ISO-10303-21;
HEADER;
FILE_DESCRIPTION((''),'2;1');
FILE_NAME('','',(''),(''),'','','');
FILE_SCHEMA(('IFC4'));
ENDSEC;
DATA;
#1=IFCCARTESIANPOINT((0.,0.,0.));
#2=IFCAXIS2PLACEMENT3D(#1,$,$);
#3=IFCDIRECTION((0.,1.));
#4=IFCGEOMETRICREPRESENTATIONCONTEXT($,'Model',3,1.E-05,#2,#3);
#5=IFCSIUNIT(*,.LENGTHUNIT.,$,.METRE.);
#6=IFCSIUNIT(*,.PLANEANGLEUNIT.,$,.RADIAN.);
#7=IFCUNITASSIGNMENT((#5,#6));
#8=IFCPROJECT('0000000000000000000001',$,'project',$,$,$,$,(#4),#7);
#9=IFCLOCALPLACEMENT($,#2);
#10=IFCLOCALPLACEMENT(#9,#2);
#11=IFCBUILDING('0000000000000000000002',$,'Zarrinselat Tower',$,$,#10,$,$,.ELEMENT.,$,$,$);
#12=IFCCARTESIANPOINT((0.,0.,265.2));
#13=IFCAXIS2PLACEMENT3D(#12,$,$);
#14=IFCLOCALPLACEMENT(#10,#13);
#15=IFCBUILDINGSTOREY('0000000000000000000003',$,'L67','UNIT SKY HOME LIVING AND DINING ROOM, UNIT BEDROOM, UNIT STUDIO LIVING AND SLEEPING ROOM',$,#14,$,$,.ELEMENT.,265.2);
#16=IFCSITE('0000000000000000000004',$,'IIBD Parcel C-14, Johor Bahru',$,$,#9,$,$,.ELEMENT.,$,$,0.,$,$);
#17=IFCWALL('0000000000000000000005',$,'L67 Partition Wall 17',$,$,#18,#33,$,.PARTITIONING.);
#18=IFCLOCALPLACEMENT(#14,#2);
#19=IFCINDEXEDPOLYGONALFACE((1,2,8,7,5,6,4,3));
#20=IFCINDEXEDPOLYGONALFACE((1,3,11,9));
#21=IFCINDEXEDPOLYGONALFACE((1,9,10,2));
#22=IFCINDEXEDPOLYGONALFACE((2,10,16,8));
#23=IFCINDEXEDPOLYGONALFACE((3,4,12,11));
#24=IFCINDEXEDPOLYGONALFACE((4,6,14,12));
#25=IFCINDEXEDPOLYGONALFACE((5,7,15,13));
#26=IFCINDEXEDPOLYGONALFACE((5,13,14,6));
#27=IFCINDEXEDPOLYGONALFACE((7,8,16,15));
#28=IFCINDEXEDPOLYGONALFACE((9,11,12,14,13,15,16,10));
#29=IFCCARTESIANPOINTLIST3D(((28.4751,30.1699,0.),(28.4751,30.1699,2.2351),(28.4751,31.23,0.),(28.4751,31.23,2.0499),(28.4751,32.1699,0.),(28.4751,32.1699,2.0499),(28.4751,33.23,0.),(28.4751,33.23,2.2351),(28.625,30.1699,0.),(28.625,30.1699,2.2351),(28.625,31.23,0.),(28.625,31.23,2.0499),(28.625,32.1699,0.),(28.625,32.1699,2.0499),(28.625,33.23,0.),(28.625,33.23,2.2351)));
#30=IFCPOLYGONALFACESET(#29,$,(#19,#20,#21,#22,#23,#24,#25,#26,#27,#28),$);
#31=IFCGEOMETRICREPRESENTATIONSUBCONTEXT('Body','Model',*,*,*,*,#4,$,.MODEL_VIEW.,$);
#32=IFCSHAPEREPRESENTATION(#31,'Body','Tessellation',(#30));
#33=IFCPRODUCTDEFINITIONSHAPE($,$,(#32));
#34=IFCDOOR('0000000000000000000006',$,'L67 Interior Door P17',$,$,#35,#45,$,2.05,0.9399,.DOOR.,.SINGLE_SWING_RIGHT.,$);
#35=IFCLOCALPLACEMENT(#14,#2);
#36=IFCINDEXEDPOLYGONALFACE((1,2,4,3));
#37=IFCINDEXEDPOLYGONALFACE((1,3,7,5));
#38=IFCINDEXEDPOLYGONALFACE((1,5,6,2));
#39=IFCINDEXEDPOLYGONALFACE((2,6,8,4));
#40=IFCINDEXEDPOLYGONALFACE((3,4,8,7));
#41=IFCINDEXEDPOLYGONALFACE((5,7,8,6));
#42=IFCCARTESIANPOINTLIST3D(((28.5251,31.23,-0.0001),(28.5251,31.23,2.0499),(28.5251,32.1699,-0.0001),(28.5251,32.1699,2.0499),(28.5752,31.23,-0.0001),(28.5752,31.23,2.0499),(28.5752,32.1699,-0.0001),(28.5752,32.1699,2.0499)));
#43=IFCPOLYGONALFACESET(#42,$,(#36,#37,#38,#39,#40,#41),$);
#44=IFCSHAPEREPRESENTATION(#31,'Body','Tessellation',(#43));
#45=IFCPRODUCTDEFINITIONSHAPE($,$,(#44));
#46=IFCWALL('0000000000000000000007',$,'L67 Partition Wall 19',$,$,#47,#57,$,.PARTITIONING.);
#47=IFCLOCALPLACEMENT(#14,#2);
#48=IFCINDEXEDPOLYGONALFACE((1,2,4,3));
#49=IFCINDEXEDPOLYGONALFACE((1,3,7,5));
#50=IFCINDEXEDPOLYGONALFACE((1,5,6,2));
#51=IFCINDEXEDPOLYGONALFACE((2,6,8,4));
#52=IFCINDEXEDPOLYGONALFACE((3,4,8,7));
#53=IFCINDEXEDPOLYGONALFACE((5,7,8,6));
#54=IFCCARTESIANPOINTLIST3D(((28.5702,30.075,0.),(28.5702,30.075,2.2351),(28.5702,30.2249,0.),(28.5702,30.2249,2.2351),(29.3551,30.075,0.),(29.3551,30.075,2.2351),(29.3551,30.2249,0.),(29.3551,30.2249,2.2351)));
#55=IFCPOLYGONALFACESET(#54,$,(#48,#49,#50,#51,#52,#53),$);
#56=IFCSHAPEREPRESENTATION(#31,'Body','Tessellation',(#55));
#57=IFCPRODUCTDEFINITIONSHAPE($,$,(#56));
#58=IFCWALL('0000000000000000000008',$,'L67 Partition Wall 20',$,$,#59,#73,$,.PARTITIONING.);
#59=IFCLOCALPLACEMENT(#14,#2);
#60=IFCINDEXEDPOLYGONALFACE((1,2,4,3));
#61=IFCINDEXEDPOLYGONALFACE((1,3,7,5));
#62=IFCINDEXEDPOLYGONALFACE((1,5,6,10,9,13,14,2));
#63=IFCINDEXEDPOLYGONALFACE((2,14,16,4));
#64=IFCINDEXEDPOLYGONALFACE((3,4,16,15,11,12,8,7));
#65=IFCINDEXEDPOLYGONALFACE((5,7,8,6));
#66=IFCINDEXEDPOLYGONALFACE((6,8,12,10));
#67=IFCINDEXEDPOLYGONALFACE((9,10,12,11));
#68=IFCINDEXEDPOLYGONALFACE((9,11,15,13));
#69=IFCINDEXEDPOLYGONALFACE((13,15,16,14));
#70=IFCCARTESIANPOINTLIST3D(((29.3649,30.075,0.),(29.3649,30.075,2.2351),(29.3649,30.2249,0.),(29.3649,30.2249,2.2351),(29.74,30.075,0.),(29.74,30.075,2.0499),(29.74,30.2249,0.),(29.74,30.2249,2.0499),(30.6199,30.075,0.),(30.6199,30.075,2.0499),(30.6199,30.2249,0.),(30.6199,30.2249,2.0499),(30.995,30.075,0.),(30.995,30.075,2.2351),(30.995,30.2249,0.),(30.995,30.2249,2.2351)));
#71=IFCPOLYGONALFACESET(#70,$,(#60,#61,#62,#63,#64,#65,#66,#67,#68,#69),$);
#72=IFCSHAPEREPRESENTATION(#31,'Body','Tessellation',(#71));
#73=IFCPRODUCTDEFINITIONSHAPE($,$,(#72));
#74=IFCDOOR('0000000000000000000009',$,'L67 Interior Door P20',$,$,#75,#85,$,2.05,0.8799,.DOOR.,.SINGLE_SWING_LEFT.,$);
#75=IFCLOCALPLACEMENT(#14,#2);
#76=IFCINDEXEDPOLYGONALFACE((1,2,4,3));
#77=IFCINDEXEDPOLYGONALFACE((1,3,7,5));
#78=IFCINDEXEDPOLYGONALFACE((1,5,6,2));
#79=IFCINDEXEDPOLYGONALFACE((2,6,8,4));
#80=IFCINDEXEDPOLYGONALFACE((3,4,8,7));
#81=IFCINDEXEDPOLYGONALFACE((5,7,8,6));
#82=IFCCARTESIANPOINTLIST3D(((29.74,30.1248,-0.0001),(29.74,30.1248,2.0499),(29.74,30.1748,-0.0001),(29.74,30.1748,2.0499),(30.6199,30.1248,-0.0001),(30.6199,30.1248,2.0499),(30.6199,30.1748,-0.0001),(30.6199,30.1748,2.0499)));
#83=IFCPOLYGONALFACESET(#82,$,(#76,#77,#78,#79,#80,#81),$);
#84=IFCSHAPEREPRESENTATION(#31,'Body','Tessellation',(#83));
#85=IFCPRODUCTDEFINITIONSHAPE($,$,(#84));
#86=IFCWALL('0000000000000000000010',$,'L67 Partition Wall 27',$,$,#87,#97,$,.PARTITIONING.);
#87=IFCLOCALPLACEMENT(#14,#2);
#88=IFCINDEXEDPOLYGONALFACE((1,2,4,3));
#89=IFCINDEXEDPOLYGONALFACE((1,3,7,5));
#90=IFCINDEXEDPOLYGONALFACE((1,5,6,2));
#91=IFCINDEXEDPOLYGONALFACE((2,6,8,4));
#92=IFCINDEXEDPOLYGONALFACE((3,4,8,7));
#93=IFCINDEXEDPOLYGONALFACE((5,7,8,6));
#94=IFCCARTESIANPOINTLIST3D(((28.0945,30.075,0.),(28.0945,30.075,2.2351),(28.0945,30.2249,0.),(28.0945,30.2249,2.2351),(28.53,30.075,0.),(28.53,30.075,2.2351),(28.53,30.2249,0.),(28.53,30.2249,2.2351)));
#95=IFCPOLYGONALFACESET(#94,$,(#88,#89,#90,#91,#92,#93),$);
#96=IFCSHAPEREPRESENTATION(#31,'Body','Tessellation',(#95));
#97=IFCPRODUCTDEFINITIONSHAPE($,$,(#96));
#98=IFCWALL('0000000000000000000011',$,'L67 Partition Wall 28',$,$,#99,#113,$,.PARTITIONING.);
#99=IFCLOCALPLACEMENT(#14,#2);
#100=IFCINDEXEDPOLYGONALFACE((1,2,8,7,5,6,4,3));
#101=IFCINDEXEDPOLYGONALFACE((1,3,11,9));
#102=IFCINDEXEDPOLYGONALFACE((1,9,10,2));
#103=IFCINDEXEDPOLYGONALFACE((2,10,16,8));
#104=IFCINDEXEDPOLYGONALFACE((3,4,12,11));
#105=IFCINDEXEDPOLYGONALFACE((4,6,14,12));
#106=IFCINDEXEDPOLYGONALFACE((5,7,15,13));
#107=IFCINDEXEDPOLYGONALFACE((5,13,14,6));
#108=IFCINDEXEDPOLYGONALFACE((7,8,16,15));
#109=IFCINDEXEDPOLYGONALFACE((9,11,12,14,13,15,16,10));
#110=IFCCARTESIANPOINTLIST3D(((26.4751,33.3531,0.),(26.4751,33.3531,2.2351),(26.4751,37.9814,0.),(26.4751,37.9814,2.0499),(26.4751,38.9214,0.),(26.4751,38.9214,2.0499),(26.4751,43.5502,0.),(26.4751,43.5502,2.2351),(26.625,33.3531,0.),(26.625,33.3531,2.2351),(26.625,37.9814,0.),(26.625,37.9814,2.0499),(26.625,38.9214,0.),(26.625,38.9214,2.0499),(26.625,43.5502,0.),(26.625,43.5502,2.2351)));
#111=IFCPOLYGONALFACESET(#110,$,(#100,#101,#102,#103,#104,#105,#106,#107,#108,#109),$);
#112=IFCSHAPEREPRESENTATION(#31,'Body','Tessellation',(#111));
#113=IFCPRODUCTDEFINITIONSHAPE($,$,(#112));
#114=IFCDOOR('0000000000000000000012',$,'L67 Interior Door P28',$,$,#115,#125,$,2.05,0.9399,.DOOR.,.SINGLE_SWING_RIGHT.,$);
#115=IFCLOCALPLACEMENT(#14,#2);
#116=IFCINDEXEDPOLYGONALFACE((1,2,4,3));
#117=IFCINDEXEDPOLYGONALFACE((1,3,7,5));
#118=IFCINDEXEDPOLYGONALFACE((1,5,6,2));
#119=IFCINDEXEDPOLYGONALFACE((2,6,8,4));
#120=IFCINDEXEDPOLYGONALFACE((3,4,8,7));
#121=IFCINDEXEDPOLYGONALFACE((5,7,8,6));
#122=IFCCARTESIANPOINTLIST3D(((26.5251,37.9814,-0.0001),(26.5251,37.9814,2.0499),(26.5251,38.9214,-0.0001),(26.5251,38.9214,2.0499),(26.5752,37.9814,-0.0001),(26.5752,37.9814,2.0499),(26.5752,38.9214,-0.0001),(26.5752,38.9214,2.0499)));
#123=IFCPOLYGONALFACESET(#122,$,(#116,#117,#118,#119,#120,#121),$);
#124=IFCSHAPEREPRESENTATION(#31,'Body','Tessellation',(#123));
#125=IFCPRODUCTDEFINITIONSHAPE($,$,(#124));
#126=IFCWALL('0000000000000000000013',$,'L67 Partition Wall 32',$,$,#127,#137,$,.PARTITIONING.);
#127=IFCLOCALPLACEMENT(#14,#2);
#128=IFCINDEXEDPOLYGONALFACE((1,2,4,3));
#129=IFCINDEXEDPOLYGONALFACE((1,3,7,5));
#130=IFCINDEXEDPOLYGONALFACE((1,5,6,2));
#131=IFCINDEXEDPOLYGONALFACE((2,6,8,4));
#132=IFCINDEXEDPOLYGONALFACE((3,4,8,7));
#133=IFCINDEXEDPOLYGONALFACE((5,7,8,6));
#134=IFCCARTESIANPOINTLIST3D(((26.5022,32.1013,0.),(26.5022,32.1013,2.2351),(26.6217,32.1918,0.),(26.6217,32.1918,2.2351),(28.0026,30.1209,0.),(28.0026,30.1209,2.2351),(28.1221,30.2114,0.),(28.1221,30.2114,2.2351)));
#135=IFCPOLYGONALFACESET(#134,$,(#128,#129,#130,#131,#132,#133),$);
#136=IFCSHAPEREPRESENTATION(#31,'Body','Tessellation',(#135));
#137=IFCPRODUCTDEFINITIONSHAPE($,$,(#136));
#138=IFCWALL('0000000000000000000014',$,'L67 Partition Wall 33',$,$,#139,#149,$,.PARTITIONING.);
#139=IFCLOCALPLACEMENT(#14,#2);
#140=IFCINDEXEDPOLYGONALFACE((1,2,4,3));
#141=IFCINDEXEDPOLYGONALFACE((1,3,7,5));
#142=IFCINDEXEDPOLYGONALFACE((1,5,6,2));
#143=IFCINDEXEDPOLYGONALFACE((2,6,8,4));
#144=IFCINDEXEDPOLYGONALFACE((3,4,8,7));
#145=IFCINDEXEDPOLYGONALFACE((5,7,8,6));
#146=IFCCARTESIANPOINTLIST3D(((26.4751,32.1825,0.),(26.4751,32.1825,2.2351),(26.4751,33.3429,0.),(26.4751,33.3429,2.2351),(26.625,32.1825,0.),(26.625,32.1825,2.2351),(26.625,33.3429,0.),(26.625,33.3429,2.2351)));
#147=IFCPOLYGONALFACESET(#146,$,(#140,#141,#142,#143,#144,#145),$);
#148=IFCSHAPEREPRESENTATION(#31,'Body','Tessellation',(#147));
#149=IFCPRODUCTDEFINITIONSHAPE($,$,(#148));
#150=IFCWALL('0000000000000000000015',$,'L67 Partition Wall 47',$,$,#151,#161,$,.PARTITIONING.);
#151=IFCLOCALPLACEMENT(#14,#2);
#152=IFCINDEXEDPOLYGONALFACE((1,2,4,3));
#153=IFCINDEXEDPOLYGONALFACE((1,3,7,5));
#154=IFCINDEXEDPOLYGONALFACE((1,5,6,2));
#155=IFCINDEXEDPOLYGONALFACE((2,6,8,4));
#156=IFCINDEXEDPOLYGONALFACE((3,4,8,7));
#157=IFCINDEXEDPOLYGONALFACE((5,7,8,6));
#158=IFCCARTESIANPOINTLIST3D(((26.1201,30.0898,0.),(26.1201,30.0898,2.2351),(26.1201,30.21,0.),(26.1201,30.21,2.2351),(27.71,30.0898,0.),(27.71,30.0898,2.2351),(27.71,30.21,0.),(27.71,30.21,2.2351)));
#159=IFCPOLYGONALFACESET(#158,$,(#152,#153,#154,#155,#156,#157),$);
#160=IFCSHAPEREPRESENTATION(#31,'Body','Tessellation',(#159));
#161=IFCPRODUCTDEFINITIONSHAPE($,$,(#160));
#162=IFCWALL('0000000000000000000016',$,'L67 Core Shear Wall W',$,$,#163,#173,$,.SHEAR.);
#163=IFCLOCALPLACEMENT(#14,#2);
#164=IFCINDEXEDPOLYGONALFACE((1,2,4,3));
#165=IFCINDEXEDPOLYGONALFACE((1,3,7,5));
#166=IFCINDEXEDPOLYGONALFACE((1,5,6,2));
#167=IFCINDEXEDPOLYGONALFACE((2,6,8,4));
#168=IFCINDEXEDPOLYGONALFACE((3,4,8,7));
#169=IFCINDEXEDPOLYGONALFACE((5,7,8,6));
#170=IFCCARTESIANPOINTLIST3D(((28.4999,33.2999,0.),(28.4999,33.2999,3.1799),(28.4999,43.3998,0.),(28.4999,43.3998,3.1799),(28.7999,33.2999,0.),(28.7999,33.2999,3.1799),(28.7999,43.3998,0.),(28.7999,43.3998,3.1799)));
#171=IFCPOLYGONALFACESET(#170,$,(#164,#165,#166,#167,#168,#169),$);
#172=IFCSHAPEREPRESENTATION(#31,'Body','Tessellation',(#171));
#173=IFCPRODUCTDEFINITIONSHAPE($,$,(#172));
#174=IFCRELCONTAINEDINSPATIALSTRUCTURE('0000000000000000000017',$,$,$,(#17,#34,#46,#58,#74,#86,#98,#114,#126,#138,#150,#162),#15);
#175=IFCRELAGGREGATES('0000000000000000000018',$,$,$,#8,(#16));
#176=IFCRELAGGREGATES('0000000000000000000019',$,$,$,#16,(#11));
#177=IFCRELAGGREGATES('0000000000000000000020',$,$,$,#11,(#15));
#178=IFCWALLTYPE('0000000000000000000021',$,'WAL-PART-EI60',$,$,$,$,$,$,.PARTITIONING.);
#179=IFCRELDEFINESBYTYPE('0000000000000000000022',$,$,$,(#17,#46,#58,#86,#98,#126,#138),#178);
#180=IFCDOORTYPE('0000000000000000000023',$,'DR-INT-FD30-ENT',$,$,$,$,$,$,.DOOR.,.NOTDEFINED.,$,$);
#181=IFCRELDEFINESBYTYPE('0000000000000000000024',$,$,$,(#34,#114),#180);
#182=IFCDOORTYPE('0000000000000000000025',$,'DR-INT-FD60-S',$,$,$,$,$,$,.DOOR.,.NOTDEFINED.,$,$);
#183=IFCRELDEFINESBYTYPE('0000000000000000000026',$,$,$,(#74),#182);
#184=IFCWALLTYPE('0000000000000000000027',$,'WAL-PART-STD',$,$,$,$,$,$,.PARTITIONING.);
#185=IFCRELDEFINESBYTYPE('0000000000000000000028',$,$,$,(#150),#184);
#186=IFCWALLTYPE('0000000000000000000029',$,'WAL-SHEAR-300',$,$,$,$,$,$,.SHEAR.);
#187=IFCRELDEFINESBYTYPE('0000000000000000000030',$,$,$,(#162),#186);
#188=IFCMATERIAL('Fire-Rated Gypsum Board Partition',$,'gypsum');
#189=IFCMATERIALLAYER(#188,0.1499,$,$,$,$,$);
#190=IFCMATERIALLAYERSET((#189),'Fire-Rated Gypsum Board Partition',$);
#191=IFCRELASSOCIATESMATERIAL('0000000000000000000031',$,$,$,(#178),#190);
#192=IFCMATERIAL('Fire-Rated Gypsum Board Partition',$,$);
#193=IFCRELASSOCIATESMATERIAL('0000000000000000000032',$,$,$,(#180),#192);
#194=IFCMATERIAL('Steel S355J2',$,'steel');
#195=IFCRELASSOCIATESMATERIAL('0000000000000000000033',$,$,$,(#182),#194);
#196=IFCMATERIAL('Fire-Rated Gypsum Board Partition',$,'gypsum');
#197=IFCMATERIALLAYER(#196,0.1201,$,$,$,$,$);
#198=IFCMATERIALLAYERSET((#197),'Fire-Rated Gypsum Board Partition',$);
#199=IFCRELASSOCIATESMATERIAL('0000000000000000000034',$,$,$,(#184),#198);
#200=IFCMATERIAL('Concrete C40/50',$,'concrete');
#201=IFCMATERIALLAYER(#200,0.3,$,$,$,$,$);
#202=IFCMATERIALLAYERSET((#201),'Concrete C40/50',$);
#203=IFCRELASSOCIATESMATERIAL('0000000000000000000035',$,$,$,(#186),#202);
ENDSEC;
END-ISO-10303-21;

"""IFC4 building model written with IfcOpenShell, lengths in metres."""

from ifc_helpers import new_model, si_unit, direction, frame, frame_2d, origin, place, context, subcontext, project, spatial, rectangle, extrude, material, layer, layer_set, type_object, element, fill, save


model = new_model("IFC4")

# Units and contexts
model_context = context("Model", 3, precision=1e-05, world=origin(), true_north=direction((0.0, 1.0)))
body_context = subcontext(model_context, "Body", "Model", "MODEL_VIEW")
ifc_project = project(units=[si_unit("LENGTHUNIT", "METRE"), si_unit("PLANEANGLEUNIT", "RADIAN")], contexts=[model_context])

# Site, building, storey
site_placement = place(None, origin())
site = spatial("IfcSite", under=ifc_project, at=site_placement, Name="IIBD Parcel C-14, Johor Bahru", CompositionType="ELEMENT", RefElevation=0.0)
building_placement = place(site_placement, origin())
building = spatial("IfcBuilding", under=site, at=building_placement, Name="Zarrinselat Tower", CompositionType="ELEMENT")
storey_placement = place(building_placement, frame((0.0, 0.0, 265.2)))
storey = spatial("IfcBuildingStorey", under=building, at=storey_placement, Name="L67", Description="UNIT SKY HOME LIVING AND DINING ROOM, UNIT BEDROOM, UNIT STUDIO LIVING AND SLEEPING ROOM", CompositionType="ELEMENT", Elevation=265.2)

# Wall, opening, door
ifc_material_1 = material(Name="Fire-Rated Gypsum Board Partition", Category="gypsum")
ifc_layer_1 = layer(ifc_material_1, 0.1499)
ifc_layer_set_1 = layer_set([ifc_layer_1], Name="Fire-Rated Gypsum Board Partition")
wall_type_1 = type_object("IfcWallType", Name="WAL-PART-EI60", PredefinedType="PARTITIONING", material=ifc_layer_set_1)
wall_1_placement = place(storey_placement, frame((28.55, 30.1699, 0.0), z_axis=(0.0, 0.0, 1.0), x_axis=(0.0, 1.0, 0.0)))
wall_1 = element("IfcWall", 1, at=wall_1_placement, inside=storey, type_object=wall_type_1, Name="L67 Partition Wall 17", PredefinedType="PARTITIONING", context=body_context, shape_type="SweptSolid", body=[
    extrude(rectangle(XDim=3.0601, YDim=0.1499, at=frame_2d((1.53, 0.0))), origin(), (0.0, 0.0, 1.0), 2.2351),
])
opening_1_placement = place(wall_1_placement, frame((1.0601, 0.0, 0.0)))
opening_1 = element("IfcOpeningElement", 2, at=opening_1_placement, cuts=wall_1, PredefinedType="OPENING", context=body_context, shape_type="SweptSolid", body=[
    extrude(rectangle(XDim=0.9399, YDim=2.05, at=frame_2d((0.47, 1.0249))), frame((0.0, 0.085, 0.0), z_axis=(0.0, -1.0, 0.0), x_axis=(1.0, 0.0, 0.0)), (0.0, 0.0, 1.0), 0.1699),
])
ifc_material_2 = material(Name="Fire-Rated Gypsum Board Partition")
door_type_1 = type_object("IfcDoorType", Name="DR-INT-FD30-ENT", OperationType="NOTDEFINED", PredefinedType="DOOR", material=ifc_material_2)
door_1_placement = place(opening_1_placement, origin())
door_1 = element("IfcDoor", 3, at=door_1_placement, inside=storey, type_object=door_type_1, Name="L67 Interior Door P17", OperationType="SINGLE_SWING_RIGHT", OverallHeight=2.05, OverallWidth=0.9399, PredefinedType="DOOR", context=body_context, shape_type="SweptSolid", body=[
    extrude(rectangle(XDim=0.9399, YDim=2.05, at=frame_2d((0.47, 1.0249))), frame((0.0, 0.0249, 0.0), z_axis=(0.0, -1.0, 0.0), x_axis=(1.0, 0.0, 0.0)), (0.0, 0.0, 1.0), 0.05),
])
fill(opening_1, door_1)

# Wall
wall_2_placement = place(storey_placement, frame((28.5701, 30.1499, 0.0), z_axis=(0.0, 0.0, 1.0), x_axis=(1.0, 0.0, 0.0)))
element("IfcWall", 4, at=wall_2_placement, inside=storey, type_object=wall_type_1, Name="L67 Partition Wall 19", PredefinedType="PARTITIONING", context=body_context, shape_type="SweptSolid", body=[
    extrude(rectangle(XDim=0.7849, YDim=0.1499, at=frame_2d((0.3926, 0.0))), origin(), (0.0, 0.0, 1.0), 2.2351),
])

# Wall, opening, door
wall_3_placement = place(storey_placement, frame((29.365, 30.1499, 0.0), z_axis=(0.0, 0.0, 1.0), x_axis=(1.0, 0.0, 0.0)))
wall_3 = element("IfcWall", 5, at=wall_3_placement, inside=storey, type_object=wall_type_1, Name="L67 Partition Wall 20", PredefinedType="PARTITIONING", context=body_context, shape_type="SweptSolid", body=[
    extrude(rectangle(XDim=1.6301, YDim=0.1499, at=frame_2d((0.8149, 0.0))), origin(), (0.0, 0.0, 1.0), 2.2351),
])
opening_2_placement = place(wall_3_placement, frame((0.375, 0.0, 0.0)))
opening_2 = element("IfcOpeningElement", 6, at=opening_2_placement, cuts=wall_3, PredefinedType="OPENING", context=body_context, shape_type="SweptSolid", body=[
    extrude(rectangle(XDim=0.8799, YDim=2.05, at=frame_2d((0.4399, 1.0249))), frame((0.0, 0.085, 0.0), z_axis=(0.0, -1.0, 0.0), x_axis=(1.0, 0.0, 0.0)), (0.0, 0.0, 1.0), 0.1699),
])
ifc_material_3 = material(Name="Steel S355J2", Category="steel")
door_type_2 = type_object("IfcDoorType", Name="DR-INT-FD60-S", OperationType="NOTDEFINED", PredefinedType="DOOR", material=ifc_material_3)
door_2_placement = place(opening_2_placement, origin())
door_2 = element("IfcDoor", 7, at=door_2_placement, inside=storey, type_object=door_type_2, Name="L67 Interior Door P20", OperationType="SINGLE_SWING_LEFT", OverallHeight=2.05, OverallWidth=0.8799, PredefinedType="DOOR", context=body_context, shape_type="SweptSolid", body=[
    extrude(rectangle(XDim=0.8799, YDim=2.05, at=frame_2d((0.4399, 1.0249))), frame((0.0, 0.0249, 0.0), z_axis=(0.0, -1.0, 0.0), x_axis=(1.0, 0.0, 0.0)), (0.0, 0.0, 1.0), 0.05),
])
fill(opening_2, door_2)

# Wall
wall_4_placement = place(storey_placement, frame((28.0945, 30.1499, 0.0), z_axis=(0.0, 0.0, 1.0), x_axis=(1.0, 0.0, 0.0)))
element("IfcWall", 8, at=wall_4_placement, inside=storey, type_object=wall_type_1, Name="L67 Partition Wall 27", PredefinedType="PARTITIONING", context=body_context, shape_type="SweptSolid", body=[
    extrude(rectangle(XDim=0.4355, YDim=0.1499, at=frame_2d((0.2178, 0.0))), origin(), (0.0, 0.0, 1.0), 2.2351),
])

# Wall, opening, door
wall_5_placement = place(storey_placement, frame((26.55, 33.353, 0.0), z_axis=(0.0, 0.0, 1.0), x_axis=(0.0, 1.0, 0.0)))
wall_5 = element("IfcWall", 9, at=wall_5_placement, inside=storey, type_object=wall_type_1, Name="L67 Partition Wall 28", PredefinedType="PARTITIONING", context=body_context, shape_type="SweptSolid", body=[
    extrude(rectangle(XDim=10.197, YDim=0.1499, at=frame_2d((5.0986, 0.0))), origin(), (0.0, 0.0, 1.0), 2.2351),
])
opening_3_placement = place(wall_5_placement, frame((4.6284, 0.0, 0.0)))
opening_3 = element("IfcOpeningElement", 10, at=opening_3_placement, cuts=wall_5, PredefinedType="OPENING", context=body_context, shape_type="SweptSolid", body=[
    extrude(rectangle(XDim=0.9399, YDim=2.05, at=frame_2d((0.47, 1.0249))), frame((0.0, 0.085, 0.0), z_axis=(0.0, -1.0, 0.0), x_axis=(1.0, 0.0, 0.0)), (0.0, 0.0, 1.0), 0.1699),
])
door_3_placement = place(opening_3_placement, origin())
door_3 = element("IfcDoor", 11, at=door_3_placement, inside=storey, type_object=door_type_1, Name="L67 Interior Door P28", OperationType="SINGLE_SWING_RIGHT", OverallHeight=2.05, OverallWidth=0.9399, PredefinedType="DOOR", context=body_context, shape_type="SweptSolid", body=[
    extrude(rectangle(XDim=0.9399, YDim=2.05, at=frame_2d((0.47, 1.0249))), frame((0.0, 0.0249, 0.0), z_axis=(0.0, -1.0, 0.0), x_axis=(1.0, 0.0, 0.0)), (0.0, 0.0, 1.0), 0.05),
])
fill(opening_3, door_3)

# Walls
wall_6_placement = place(storey_placement, frame((26.562, 32.1465, 0.0), z_axis=(0.0, 0.0, 1.0), x_axis=(0.603892, -0.797066, 0.0)))
element("IfcWall", 12, at=wall_6_placement, inside=storey, type_object=wall_type_1, Name="L67 Partition Wall 32", PredefinedType="PARTITIONING", context=body_context, shape_type="SweptSolid", body=[
    extrude(rectangle(XDim=2.4846, YDim=0.1499, at=frame_2d((1.2422, 0.0))), origin(), (0.0, 0.0, 1.0), 2.2351),
])
wall_7_placement = place(storey_placement, frame((26.55, 32.1826, 0.0), z_axis=(0.0, 0.0, 1.0), x_axis=(0.0, 1.0, 0.0)))
element("IfcWall", 13, at=wall_7_placement, inside=storey, type_object=wall_type_1, Name="L67 Partition Wall 33", PredefinedType="PARTITIONING", context=body_context, shape_type="SweptSolid", body=[
    extrude(rectangle(XDim=1.1604, YDim=0.1499, at=frame_2d((0.5801, 0.0))), origin(), (0.0, 0.0, 1.0), 2.2351),
])
ifc_material_4 = material(Name="Fire-Rated Gypsum Board Partition", Category="gypsum")
ifc_layer_2 = layer(ifc_material_4, 0.1201)
ifc_layer_set_2 = layer_set([ifc_layer_2], Name="Fire-Rated Gypsum Board Partition")
wall_type_2 = type_object("IfcWallType", Name="WAL-PART-STD", PredefinedType="PARTITIONING", material=ifc_layer_set_2)
wall_8_placement = place(storey_placement, frame((26.1201, 30.1499, 0.0), z_axis=(0.0, 0.0, 1.0), x_axis=(1.0, 0.0, 0.0)))
element("IfcWall", 14, at=wall_8_placement, inside=storey, type_object=wall_type_2, Name="L67 Partition Wall 47", PredefinedType="PARTITIONING", context=body_context, shape_type="SweptSolid", body=[
    extrude(rectangle(XDim=1.5898, YDim=0.1201, at=frame_2d((0.7949, 0.0))), origin(), (0.0, 0.0, 1.0), 2.2351),
])

# Shared definitions
ifc_material_5 = material(Name="Concrete C40/50", Category="concrete")
ifc_layer_3 = layer(ifc_material_5, 0.3)
ifc_layer_set_3 = layer_set([ifc_layer_3], Name="Concrete C40/50")
wall_type_3 = type_object("IfcWallType", Name="WAL-SHEAR-300", PredefinedType="SHEAR", material=ifc_layer_set_3)

# Wall
wall_9_placement = place(storey_placement, frame((28.6499, 33.3, 0.0), z_axis=(0.0, 0.0, 1.0), x_axis=(0.0, 1.0, 0.0)))
element("IfcWall", 15, at=wall_9_placement, inside=storey, type_object=wall_type_3, Name="L67 Core Shear Wall W", PredefinedType="SHEAR", context=body_context, shape_type="SweptSolid", body=[
    extrude(rectangle(XDim=10.0999, YDim=0.3, at=frame_2d((5.0498, 0.0))), origin(), (0.0, 0.0, 1.0), 3.1799),
])

save(model, "model.ifc")
